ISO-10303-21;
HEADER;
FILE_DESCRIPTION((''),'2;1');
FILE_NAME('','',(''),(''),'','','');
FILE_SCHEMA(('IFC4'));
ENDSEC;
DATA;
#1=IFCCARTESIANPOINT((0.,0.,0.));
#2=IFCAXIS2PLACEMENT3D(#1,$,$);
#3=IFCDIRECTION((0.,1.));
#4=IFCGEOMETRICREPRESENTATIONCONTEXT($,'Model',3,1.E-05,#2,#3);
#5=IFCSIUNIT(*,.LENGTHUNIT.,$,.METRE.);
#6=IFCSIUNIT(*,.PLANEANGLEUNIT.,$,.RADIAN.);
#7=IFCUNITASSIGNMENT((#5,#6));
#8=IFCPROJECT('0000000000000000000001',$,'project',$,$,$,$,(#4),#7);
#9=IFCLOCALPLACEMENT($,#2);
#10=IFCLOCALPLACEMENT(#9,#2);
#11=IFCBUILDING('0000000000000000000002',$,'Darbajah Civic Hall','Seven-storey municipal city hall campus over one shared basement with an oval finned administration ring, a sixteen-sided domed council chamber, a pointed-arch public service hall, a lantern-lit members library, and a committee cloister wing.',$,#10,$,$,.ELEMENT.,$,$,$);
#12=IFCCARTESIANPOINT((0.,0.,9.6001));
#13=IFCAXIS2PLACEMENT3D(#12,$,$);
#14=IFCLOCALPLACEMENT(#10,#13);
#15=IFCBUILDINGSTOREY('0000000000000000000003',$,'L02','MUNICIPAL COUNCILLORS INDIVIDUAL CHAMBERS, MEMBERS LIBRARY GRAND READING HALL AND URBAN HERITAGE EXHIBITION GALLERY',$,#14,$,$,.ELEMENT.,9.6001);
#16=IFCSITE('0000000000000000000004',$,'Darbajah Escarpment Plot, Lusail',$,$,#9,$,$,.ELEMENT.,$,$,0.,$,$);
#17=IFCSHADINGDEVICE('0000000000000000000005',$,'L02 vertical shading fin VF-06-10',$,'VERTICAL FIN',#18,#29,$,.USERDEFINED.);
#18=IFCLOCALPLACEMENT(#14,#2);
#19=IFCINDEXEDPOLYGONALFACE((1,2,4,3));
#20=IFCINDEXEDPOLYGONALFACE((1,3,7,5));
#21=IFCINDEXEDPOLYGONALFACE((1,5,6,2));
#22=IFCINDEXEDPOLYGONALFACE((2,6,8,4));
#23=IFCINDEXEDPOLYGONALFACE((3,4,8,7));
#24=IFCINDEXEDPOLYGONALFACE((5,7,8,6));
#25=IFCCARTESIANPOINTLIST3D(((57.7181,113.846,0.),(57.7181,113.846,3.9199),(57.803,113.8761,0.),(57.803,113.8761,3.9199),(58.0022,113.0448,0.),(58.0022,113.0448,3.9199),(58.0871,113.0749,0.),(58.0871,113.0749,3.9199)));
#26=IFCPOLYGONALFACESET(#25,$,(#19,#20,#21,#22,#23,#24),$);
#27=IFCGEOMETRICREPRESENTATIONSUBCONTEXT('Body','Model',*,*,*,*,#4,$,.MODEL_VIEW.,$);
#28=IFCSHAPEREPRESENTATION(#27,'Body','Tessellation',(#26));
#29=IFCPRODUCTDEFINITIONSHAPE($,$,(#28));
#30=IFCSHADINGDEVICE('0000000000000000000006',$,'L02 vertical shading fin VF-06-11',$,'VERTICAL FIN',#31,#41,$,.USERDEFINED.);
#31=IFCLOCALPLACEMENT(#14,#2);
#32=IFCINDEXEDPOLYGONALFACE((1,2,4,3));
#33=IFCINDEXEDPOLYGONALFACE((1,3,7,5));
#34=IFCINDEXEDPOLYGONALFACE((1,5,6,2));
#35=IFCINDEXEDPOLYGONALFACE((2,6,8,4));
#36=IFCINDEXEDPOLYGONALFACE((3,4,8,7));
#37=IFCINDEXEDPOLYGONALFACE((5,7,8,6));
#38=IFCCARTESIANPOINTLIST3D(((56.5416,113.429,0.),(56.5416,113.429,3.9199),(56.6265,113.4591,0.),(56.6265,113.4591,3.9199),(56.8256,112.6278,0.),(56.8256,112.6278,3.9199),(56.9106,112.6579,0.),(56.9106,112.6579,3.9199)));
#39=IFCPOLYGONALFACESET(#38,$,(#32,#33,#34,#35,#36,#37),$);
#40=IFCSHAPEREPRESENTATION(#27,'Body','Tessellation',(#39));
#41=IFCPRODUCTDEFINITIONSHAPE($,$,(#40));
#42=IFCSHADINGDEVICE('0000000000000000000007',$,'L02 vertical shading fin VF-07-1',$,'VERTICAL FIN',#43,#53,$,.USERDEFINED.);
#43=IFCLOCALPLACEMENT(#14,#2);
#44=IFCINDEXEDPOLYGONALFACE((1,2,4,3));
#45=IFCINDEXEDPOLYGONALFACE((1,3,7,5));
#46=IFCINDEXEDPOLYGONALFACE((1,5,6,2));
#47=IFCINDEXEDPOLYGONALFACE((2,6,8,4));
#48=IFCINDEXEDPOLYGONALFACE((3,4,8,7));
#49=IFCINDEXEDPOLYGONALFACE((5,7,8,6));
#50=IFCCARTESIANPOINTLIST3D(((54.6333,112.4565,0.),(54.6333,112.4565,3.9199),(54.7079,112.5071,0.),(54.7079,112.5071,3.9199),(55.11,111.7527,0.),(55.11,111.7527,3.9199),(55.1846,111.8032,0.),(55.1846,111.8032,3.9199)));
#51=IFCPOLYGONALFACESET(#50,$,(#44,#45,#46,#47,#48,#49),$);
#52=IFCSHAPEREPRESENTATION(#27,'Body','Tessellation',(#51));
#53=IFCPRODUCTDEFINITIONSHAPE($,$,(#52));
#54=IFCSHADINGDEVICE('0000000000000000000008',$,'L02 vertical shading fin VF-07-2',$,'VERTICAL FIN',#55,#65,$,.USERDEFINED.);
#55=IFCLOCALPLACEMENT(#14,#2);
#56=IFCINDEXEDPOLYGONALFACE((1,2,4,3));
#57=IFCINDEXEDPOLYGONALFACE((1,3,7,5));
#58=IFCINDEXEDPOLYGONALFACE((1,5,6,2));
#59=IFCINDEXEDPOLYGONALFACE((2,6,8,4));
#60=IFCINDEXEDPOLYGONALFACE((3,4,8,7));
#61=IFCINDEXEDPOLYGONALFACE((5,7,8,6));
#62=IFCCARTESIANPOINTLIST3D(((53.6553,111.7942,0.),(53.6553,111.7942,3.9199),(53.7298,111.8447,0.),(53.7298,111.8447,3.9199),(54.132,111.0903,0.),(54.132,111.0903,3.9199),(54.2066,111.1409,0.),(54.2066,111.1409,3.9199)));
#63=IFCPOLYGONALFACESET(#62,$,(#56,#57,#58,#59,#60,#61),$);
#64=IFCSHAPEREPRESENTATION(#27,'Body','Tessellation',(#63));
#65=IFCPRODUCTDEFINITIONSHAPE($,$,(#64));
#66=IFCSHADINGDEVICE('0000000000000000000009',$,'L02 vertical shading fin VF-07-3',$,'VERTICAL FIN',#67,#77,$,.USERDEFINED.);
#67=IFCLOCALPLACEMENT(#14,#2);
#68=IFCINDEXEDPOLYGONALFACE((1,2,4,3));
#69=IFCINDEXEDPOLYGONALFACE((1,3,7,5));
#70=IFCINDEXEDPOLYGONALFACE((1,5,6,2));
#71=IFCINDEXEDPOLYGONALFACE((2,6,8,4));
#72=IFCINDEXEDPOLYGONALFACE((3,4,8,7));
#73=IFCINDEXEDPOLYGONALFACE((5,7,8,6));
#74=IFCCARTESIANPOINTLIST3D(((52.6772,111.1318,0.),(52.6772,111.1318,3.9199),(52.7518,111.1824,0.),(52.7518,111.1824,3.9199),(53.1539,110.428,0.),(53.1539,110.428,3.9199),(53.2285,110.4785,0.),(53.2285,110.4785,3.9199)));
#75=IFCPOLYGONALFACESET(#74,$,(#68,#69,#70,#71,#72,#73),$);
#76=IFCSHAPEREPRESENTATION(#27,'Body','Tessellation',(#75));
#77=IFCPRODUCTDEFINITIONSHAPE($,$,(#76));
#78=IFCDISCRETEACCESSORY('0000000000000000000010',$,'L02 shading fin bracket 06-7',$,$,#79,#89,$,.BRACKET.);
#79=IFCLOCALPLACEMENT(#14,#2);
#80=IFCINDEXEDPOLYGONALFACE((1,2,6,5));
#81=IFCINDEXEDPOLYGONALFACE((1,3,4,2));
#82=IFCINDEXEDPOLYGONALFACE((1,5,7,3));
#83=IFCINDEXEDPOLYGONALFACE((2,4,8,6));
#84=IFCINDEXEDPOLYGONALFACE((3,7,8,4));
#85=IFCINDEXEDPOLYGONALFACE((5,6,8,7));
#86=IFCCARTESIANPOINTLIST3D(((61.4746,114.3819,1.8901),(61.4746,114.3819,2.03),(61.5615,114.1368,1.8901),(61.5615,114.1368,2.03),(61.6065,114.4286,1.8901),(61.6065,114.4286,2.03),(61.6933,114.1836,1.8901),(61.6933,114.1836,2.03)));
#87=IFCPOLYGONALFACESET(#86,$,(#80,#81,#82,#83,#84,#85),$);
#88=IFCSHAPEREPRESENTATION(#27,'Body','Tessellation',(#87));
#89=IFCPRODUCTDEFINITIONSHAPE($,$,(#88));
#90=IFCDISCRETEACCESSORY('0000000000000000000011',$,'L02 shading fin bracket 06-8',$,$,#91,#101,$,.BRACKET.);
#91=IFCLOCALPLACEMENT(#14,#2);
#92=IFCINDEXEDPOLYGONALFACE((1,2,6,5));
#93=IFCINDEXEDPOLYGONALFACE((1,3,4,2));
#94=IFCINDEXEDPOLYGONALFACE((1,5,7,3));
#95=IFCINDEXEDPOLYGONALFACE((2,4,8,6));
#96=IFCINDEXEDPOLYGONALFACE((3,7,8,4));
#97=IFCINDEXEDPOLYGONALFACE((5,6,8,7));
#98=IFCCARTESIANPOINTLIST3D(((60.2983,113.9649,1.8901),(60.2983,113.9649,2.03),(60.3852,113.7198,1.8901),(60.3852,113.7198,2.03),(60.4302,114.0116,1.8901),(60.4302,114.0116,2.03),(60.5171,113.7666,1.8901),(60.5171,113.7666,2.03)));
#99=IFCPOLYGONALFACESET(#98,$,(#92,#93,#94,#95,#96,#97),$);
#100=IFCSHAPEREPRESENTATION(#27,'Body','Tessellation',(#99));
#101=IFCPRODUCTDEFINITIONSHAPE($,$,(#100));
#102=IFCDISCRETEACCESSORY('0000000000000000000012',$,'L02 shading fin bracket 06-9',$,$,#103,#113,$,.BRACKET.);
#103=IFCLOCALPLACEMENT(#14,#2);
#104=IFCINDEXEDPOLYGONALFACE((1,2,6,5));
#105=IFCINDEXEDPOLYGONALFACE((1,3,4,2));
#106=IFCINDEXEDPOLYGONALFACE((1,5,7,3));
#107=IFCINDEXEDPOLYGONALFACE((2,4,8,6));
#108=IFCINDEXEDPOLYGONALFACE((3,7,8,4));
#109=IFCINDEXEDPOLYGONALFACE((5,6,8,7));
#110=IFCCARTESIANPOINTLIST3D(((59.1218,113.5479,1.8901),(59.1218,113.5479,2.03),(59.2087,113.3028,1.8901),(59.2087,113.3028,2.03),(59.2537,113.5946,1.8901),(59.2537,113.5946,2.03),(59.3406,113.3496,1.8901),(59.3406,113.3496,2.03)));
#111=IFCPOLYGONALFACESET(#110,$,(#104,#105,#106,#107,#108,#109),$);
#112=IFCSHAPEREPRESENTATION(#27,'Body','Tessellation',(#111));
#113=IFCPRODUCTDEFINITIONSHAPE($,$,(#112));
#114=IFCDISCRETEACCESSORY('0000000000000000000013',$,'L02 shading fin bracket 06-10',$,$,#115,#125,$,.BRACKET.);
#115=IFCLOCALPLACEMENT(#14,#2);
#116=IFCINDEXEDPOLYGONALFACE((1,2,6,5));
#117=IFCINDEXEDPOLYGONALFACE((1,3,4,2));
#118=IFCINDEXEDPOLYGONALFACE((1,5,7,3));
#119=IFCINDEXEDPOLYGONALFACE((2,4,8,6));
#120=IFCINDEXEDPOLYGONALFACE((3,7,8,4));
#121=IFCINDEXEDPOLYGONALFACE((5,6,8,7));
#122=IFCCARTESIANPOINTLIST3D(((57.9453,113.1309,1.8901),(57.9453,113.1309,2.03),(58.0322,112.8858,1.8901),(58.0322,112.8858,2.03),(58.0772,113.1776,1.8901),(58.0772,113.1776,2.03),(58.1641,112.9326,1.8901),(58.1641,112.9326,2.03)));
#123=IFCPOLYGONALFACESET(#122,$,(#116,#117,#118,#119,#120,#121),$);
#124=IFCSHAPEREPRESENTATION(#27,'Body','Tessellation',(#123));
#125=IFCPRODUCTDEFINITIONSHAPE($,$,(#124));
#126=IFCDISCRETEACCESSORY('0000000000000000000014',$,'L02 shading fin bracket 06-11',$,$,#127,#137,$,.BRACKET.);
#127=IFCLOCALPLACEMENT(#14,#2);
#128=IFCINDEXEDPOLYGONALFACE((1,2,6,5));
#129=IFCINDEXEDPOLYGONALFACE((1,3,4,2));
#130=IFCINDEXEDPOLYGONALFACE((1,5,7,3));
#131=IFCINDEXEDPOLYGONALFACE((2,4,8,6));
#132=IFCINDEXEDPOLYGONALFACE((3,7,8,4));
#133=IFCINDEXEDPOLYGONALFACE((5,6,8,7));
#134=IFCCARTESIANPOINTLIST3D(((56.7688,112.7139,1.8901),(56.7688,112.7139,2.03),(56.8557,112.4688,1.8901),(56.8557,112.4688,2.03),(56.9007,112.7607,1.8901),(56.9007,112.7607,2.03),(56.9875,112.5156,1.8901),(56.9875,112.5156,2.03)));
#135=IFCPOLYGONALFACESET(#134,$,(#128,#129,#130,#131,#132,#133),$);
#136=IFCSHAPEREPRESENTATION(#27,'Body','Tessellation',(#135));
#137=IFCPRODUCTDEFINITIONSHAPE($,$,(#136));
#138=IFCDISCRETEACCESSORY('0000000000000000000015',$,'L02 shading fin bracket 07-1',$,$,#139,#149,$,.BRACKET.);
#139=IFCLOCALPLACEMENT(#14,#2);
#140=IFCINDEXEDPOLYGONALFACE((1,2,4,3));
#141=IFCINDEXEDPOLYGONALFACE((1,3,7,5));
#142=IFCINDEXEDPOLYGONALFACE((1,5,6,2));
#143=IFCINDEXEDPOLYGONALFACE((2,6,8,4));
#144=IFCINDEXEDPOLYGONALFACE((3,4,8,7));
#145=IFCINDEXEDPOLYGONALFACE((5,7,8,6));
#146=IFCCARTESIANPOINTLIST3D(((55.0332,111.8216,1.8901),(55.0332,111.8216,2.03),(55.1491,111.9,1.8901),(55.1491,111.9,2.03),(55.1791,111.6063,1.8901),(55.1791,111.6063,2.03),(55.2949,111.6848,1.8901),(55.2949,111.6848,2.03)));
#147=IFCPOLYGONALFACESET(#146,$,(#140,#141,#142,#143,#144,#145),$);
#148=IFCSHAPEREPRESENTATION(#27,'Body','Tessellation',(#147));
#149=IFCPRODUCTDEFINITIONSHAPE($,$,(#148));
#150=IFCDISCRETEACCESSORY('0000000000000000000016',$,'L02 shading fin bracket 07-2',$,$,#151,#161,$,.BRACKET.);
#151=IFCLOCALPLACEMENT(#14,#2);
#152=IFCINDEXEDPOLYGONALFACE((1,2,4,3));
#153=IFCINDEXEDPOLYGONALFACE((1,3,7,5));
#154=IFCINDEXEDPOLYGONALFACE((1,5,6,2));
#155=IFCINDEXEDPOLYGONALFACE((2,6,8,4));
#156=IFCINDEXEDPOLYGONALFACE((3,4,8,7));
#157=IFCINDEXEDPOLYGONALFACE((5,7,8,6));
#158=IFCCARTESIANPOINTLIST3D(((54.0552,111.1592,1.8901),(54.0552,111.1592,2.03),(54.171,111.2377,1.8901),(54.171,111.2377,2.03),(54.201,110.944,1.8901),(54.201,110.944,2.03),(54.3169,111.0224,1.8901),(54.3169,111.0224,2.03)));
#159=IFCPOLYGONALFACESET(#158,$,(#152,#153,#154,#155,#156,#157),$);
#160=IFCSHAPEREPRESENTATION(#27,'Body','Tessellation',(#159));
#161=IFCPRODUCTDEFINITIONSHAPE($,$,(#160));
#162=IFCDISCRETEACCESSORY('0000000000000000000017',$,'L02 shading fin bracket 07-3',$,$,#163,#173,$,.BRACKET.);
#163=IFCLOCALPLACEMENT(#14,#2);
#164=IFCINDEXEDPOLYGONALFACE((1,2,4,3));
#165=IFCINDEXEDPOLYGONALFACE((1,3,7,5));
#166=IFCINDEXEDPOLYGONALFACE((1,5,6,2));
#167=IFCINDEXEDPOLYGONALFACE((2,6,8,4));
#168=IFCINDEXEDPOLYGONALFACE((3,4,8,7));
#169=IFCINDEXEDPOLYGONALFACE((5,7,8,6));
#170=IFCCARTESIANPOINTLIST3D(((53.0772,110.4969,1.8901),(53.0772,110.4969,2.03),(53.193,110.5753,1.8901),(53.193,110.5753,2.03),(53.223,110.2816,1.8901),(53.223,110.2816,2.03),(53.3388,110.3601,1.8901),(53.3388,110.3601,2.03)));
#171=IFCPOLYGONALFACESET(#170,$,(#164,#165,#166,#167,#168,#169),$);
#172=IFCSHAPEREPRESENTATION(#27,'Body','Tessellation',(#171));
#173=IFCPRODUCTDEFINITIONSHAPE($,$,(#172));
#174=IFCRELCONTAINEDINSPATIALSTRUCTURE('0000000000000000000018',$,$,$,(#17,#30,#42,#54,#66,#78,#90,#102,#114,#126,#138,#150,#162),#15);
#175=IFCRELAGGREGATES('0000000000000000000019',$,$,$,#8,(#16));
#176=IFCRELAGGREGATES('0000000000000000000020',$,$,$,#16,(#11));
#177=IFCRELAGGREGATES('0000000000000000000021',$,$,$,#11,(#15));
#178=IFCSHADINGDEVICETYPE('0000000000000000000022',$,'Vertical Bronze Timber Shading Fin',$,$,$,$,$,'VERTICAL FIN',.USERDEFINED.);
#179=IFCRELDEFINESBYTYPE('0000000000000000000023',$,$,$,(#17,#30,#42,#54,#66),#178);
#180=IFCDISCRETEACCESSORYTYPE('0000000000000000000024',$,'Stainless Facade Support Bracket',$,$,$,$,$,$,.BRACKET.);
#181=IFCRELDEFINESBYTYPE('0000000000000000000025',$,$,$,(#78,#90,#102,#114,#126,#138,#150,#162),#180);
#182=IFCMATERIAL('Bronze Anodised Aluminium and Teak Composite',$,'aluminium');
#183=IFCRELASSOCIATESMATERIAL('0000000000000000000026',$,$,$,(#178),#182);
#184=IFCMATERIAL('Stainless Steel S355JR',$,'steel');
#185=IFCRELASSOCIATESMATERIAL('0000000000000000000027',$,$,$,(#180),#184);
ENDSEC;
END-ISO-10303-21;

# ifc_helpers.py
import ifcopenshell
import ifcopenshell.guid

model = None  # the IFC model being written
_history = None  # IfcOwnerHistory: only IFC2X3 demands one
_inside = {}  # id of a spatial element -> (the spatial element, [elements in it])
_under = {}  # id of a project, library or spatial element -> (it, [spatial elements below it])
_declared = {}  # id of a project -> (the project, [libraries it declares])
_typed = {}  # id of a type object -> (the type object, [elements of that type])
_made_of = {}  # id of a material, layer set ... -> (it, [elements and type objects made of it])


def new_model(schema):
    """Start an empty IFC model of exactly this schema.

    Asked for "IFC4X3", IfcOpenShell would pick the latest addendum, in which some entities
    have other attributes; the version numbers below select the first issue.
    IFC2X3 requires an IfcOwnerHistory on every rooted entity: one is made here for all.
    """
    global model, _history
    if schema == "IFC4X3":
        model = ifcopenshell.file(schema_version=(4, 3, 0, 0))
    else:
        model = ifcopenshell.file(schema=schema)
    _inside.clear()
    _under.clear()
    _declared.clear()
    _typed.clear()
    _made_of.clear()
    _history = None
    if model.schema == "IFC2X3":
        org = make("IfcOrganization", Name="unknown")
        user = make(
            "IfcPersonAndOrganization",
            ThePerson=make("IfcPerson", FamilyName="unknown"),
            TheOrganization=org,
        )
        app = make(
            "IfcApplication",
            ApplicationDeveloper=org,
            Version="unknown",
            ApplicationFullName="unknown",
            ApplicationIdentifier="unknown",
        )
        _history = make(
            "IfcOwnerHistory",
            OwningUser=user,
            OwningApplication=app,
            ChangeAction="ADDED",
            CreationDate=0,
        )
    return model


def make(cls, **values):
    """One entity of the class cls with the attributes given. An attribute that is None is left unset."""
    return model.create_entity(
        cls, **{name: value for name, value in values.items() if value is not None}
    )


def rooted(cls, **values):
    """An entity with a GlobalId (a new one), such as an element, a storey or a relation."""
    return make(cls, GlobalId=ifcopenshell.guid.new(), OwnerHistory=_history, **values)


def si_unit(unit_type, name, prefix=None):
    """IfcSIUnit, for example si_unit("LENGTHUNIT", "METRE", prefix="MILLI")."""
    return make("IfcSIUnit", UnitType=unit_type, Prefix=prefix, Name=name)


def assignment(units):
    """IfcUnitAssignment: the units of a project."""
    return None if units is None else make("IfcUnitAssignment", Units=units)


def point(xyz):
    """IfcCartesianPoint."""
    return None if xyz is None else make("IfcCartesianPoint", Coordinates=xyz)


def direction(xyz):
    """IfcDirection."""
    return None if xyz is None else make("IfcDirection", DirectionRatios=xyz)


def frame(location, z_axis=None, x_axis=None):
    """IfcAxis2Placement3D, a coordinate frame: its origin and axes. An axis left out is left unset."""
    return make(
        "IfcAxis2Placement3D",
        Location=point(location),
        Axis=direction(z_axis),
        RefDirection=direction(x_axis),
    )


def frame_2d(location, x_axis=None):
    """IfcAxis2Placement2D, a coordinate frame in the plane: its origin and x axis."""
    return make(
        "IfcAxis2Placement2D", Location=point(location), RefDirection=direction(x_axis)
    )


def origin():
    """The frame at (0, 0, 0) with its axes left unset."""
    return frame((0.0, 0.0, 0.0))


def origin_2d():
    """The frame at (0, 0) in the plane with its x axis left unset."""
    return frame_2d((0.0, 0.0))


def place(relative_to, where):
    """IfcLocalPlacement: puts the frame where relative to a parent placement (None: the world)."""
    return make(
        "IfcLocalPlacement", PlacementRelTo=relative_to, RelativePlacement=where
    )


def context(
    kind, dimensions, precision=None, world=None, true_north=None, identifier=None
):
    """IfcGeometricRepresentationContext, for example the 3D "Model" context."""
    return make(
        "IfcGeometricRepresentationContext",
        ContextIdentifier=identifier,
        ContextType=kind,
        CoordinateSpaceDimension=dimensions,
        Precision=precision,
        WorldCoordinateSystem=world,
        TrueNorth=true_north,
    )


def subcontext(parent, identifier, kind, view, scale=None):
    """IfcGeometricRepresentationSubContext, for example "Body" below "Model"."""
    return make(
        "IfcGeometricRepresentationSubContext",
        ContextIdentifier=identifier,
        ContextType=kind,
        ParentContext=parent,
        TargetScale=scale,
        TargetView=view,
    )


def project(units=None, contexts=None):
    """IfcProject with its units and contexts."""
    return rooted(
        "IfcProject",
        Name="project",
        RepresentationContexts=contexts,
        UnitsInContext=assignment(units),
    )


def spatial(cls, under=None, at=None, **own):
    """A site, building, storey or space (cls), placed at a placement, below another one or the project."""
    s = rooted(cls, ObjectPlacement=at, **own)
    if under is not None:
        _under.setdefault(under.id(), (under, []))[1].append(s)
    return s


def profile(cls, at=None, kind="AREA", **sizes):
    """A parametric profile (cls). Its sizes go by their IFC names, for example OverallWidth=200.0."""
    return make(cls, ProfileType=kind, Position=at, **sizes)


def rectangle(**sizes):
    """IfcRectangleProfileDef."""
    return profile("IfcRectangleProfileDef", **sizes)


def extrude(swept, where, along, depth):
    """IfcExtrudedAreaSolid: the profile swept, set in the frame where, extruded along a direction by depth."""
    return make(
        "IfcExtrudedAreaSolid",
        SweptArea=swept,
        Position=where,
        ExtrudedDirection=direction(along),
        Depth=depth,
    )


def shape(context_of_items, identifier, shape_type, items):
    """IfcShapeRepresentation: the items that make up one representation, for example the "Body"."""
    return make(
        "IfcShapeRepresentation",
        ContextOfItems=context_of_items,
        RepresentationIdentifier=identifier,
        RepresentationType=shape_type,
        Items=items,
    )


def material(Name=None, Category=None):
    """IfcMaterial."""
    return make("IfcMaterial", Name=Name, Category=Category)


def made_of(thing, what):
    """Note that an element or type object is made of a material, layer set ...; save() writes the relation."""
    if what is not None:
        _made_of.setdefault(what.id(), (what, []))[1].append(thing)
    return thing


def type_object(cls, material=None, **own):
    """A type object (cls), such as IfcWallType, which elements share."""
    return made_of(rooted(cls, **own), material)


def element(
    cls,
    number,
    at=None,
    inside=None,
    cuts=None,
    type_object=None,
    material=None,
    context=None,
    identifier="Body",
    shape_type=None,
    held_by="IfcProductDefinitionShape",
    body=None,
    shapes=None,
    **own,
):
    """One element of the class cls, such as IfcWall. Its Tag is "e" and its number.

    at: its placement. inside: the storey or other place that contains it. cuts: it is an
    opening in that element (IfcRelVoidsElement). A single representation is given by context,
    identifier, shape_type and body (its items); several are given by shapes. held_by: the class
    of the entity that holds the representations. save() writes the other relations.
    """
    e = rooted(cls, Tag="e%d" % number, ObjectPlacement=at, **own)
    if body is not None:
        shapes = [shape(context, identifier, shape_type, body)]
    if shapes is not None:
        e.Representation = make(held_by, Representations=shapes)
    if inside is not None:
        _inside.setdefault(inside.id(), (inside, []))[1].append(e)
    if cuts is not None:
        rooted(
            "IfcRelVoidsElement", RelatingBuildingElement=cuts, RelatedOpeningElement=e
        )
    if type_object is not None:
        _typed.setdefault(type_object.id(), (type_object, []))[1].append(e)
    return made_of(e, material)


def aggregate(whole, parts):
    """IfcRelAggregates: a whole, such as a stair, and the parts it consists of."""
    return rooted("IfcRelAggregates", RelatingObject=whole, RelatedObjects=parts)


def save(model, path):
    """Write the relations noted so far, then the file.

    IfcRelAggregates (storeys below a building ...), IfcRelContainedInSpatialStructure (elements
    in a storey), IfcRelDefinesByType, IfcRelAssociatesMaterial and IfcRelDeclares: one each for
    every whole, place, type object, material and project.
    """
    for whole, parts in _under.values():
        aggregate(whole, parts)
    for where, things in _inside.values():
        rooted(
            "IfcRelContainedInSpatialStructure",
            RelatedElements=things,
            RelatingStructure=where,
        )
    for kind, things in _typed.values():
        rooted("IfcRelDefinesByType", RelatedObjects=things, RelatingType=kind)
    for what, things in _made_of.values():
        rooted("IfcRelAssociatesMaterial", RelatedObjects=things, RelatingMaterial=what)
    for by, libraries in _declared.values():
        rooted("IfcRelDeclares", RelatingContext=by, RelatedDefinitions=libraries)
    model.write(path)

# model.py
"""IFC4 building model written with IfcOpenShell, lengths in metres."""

from ifc_helpers import new_model, si_unit, direction, frame, origin, origin_2d, place, context, subcontext, project, spatial, rectangle, extrude, material, type_object, element, save


model = new_model("IFC4")

# Units and contexts
model_context = context("Model", 3, precision=1e-05, world=origin(), true_north=direction((0.0, 1.0)))
body_context = subcontext(model_context, "Body", "Model", "MODEL_VIEW")
ifc_project = project(units=[si_unit("LENGTHUNIT", "METRE"), si_unit("PLANEANGLEUNIT", "RADIAN")], contexts=[model_context])

# Site, building, storey
site_placement = place(None, origin())
site = spatial("IfcSite", under=ifc_project, at=site_placement, Name="Darbajah Escarpment Plot, Lusail", CompositionType="ELEMENT", RefElevation=0.0)
building_placement = place(site_placement, origin())
building = spatial("IfcBuilding", under=site, at=building_placement, Name="Darbajah Civic Hall", Description="Seven-storey municipal city hall campus over one shared basement with an oval finned administration ring, a sixteen-sided domed council chamber, a pointed-arch public service hall, a lantern-lit members library, and a committee cloister wing.", CompositionType="ELEMENT")
storey_placement = place(building_placement, frame((0.0, 0.0, 9.6001)))
storey = spatial("IfcBuildingStorey", under=building, at=storey_placement, Name="L02", Description="MUNICIPAL COUNCILLORS INDIVIDUAL CHAMBERS, MEMBERS LIBRARY GRAND READING HALL AND URBAN HERITAGE EXHIBITION GALLERY", CompositionType="ELEMENT", Elevation=9.6001)

# Shading devices
ifc_material_1 = material(Name="Bronze Anodised Aluminium and Teak Composite", Category="aluminium")
shading_device_type = type_object("IfcShadingDeviceType", Name="Vertical Bronze Timber Shading Fin", ElementType="VERTICAL FIN", PredefinedType="USERDEFINED", material=ifc_material_1)
for number, where, z_axis, x_axis, name in (
    (1, (57.9026, 113.4604, 0.0), (0.0, 0.0, 1.0), (-0.334136, 0.942525, 0.0), "L02 vertical shading fin VF-06-10"),
    (2, (56.7261, 113.0435, 0.0), (0.0, 0.0, 1.0), (-0.334136, 0.942525, 0.0), "L02 vertical shading fin VF-06-11"),
    (3, (54.9089, 112.1299, 0.0), (0.0, 0.0, 1.0), (-0.560784, 0.827962, 0.0), "L02 vertical shading fin VF-07-1"),
    (4, (53.9309, 111.4675, 0.0), (0.0, 0.0, 1.0), (-0.560784, 0.827962, 0.0), "L02 vertical shading fin VF-07-2"),
    (5, (52.9529, 110.8052, 0.0), (0.0, 0.0, 1.0), (-0.560784, 0.827962, 0.0), "L02 vertical shading fin VF-07-3"),
):
    element("IfcShadingDevice", number, at=place(storey_placement, frame(where, z_axis=z_axis, x_axis=x_axis)), inside=storey, type_object=shading_device_type, Name=name, ObjectType="VERTICAL FIN", PredefinedType="USERDEFINED", context=body_context, shape_type="SweptSolid", body=[
        extrude(rectangle(XDim=0.8501, YDim=0.0901, at=origin_2d()), origin(), (0.0, 0.0, 1.0), 3.9199),
    ])

# Discrete accessories
ifc_material_2 = material(Name="Stainless Steel S355JR", Category="steel")
discrete_accessory_type = type_object("IfcDiscreteAccessoryType", Name="Stainless Facade Support Bracket", PredefinedType="BRACKET", material=ifc_material_2)
for number, where, z_axis, x_axis, name in (
    (6, (61.584, 114.2827, 1.8901), (0.0, 0.0, 1.0), (-0.334136, 0.942525, 0.0), "L02 shading fin bracket 06-7"),
    (7, (60.4077, 113.8657, 1.8901), (0.0, 0.0, 1.0), (-0.334136, 0.942525, 0.0), "L02 shading fin bracket 06-8"),
    (8, (59.2312, 113.4487, 1.8901), (0.0, 0.0, 1.0), (-0.334136, 0.942525, 0.0), "L02 shading fin bracket 06-9"),
    (9, (58.0547, 113.0317, 1.8901), (0.0, 0.0, 1.0), (-0.334136, 0.942525, 0.0), "L02 shading fin bracket 06-10"),
    (10, (56.8782, 112.6147, 1.8901), (0.0, 0.0, 1.0), (-0.334136, 0.942525, 0.0), "L02 shading fin bracket 06-11"),
    (11, (55.1641, 111.7532, 1.8901), (0.0, 0.0, 1.0), (-0.560784, 0.827962, 0.0), "L02 shading fin bracket 07-1"),
    (12, (54.186, 111.0908, 1.8901), (0.0, 0.0, 1.0), (-0.560784, 0.827962, 0.0), "L02 shading fin bracket 07-2"),
    (13, (53.208, 110.4285, 1.8901), (0.0, 0.0, 1.0), (-0.560784, 0.827962, 0.0), "L02 shading fin bracket 07-3"),
):
    element("IfcDiscreteAccessory", number, at=place(storey_placement, frame(where, z_axis=z_axis, x_axis=x_axis)), inside=storey, type_object=discrete_accessory_type, Name=name, PredefinedType="BRACKET", context=body_context, shape_type="SweptSolid", body=[
        extrude(rectangle(XDim=0.26, YDim=0.1399, at=origin_2d()), origin(), (0.0, 0.0, 1.0), 0.1399),
    ])

save(model, "model.ifc")
